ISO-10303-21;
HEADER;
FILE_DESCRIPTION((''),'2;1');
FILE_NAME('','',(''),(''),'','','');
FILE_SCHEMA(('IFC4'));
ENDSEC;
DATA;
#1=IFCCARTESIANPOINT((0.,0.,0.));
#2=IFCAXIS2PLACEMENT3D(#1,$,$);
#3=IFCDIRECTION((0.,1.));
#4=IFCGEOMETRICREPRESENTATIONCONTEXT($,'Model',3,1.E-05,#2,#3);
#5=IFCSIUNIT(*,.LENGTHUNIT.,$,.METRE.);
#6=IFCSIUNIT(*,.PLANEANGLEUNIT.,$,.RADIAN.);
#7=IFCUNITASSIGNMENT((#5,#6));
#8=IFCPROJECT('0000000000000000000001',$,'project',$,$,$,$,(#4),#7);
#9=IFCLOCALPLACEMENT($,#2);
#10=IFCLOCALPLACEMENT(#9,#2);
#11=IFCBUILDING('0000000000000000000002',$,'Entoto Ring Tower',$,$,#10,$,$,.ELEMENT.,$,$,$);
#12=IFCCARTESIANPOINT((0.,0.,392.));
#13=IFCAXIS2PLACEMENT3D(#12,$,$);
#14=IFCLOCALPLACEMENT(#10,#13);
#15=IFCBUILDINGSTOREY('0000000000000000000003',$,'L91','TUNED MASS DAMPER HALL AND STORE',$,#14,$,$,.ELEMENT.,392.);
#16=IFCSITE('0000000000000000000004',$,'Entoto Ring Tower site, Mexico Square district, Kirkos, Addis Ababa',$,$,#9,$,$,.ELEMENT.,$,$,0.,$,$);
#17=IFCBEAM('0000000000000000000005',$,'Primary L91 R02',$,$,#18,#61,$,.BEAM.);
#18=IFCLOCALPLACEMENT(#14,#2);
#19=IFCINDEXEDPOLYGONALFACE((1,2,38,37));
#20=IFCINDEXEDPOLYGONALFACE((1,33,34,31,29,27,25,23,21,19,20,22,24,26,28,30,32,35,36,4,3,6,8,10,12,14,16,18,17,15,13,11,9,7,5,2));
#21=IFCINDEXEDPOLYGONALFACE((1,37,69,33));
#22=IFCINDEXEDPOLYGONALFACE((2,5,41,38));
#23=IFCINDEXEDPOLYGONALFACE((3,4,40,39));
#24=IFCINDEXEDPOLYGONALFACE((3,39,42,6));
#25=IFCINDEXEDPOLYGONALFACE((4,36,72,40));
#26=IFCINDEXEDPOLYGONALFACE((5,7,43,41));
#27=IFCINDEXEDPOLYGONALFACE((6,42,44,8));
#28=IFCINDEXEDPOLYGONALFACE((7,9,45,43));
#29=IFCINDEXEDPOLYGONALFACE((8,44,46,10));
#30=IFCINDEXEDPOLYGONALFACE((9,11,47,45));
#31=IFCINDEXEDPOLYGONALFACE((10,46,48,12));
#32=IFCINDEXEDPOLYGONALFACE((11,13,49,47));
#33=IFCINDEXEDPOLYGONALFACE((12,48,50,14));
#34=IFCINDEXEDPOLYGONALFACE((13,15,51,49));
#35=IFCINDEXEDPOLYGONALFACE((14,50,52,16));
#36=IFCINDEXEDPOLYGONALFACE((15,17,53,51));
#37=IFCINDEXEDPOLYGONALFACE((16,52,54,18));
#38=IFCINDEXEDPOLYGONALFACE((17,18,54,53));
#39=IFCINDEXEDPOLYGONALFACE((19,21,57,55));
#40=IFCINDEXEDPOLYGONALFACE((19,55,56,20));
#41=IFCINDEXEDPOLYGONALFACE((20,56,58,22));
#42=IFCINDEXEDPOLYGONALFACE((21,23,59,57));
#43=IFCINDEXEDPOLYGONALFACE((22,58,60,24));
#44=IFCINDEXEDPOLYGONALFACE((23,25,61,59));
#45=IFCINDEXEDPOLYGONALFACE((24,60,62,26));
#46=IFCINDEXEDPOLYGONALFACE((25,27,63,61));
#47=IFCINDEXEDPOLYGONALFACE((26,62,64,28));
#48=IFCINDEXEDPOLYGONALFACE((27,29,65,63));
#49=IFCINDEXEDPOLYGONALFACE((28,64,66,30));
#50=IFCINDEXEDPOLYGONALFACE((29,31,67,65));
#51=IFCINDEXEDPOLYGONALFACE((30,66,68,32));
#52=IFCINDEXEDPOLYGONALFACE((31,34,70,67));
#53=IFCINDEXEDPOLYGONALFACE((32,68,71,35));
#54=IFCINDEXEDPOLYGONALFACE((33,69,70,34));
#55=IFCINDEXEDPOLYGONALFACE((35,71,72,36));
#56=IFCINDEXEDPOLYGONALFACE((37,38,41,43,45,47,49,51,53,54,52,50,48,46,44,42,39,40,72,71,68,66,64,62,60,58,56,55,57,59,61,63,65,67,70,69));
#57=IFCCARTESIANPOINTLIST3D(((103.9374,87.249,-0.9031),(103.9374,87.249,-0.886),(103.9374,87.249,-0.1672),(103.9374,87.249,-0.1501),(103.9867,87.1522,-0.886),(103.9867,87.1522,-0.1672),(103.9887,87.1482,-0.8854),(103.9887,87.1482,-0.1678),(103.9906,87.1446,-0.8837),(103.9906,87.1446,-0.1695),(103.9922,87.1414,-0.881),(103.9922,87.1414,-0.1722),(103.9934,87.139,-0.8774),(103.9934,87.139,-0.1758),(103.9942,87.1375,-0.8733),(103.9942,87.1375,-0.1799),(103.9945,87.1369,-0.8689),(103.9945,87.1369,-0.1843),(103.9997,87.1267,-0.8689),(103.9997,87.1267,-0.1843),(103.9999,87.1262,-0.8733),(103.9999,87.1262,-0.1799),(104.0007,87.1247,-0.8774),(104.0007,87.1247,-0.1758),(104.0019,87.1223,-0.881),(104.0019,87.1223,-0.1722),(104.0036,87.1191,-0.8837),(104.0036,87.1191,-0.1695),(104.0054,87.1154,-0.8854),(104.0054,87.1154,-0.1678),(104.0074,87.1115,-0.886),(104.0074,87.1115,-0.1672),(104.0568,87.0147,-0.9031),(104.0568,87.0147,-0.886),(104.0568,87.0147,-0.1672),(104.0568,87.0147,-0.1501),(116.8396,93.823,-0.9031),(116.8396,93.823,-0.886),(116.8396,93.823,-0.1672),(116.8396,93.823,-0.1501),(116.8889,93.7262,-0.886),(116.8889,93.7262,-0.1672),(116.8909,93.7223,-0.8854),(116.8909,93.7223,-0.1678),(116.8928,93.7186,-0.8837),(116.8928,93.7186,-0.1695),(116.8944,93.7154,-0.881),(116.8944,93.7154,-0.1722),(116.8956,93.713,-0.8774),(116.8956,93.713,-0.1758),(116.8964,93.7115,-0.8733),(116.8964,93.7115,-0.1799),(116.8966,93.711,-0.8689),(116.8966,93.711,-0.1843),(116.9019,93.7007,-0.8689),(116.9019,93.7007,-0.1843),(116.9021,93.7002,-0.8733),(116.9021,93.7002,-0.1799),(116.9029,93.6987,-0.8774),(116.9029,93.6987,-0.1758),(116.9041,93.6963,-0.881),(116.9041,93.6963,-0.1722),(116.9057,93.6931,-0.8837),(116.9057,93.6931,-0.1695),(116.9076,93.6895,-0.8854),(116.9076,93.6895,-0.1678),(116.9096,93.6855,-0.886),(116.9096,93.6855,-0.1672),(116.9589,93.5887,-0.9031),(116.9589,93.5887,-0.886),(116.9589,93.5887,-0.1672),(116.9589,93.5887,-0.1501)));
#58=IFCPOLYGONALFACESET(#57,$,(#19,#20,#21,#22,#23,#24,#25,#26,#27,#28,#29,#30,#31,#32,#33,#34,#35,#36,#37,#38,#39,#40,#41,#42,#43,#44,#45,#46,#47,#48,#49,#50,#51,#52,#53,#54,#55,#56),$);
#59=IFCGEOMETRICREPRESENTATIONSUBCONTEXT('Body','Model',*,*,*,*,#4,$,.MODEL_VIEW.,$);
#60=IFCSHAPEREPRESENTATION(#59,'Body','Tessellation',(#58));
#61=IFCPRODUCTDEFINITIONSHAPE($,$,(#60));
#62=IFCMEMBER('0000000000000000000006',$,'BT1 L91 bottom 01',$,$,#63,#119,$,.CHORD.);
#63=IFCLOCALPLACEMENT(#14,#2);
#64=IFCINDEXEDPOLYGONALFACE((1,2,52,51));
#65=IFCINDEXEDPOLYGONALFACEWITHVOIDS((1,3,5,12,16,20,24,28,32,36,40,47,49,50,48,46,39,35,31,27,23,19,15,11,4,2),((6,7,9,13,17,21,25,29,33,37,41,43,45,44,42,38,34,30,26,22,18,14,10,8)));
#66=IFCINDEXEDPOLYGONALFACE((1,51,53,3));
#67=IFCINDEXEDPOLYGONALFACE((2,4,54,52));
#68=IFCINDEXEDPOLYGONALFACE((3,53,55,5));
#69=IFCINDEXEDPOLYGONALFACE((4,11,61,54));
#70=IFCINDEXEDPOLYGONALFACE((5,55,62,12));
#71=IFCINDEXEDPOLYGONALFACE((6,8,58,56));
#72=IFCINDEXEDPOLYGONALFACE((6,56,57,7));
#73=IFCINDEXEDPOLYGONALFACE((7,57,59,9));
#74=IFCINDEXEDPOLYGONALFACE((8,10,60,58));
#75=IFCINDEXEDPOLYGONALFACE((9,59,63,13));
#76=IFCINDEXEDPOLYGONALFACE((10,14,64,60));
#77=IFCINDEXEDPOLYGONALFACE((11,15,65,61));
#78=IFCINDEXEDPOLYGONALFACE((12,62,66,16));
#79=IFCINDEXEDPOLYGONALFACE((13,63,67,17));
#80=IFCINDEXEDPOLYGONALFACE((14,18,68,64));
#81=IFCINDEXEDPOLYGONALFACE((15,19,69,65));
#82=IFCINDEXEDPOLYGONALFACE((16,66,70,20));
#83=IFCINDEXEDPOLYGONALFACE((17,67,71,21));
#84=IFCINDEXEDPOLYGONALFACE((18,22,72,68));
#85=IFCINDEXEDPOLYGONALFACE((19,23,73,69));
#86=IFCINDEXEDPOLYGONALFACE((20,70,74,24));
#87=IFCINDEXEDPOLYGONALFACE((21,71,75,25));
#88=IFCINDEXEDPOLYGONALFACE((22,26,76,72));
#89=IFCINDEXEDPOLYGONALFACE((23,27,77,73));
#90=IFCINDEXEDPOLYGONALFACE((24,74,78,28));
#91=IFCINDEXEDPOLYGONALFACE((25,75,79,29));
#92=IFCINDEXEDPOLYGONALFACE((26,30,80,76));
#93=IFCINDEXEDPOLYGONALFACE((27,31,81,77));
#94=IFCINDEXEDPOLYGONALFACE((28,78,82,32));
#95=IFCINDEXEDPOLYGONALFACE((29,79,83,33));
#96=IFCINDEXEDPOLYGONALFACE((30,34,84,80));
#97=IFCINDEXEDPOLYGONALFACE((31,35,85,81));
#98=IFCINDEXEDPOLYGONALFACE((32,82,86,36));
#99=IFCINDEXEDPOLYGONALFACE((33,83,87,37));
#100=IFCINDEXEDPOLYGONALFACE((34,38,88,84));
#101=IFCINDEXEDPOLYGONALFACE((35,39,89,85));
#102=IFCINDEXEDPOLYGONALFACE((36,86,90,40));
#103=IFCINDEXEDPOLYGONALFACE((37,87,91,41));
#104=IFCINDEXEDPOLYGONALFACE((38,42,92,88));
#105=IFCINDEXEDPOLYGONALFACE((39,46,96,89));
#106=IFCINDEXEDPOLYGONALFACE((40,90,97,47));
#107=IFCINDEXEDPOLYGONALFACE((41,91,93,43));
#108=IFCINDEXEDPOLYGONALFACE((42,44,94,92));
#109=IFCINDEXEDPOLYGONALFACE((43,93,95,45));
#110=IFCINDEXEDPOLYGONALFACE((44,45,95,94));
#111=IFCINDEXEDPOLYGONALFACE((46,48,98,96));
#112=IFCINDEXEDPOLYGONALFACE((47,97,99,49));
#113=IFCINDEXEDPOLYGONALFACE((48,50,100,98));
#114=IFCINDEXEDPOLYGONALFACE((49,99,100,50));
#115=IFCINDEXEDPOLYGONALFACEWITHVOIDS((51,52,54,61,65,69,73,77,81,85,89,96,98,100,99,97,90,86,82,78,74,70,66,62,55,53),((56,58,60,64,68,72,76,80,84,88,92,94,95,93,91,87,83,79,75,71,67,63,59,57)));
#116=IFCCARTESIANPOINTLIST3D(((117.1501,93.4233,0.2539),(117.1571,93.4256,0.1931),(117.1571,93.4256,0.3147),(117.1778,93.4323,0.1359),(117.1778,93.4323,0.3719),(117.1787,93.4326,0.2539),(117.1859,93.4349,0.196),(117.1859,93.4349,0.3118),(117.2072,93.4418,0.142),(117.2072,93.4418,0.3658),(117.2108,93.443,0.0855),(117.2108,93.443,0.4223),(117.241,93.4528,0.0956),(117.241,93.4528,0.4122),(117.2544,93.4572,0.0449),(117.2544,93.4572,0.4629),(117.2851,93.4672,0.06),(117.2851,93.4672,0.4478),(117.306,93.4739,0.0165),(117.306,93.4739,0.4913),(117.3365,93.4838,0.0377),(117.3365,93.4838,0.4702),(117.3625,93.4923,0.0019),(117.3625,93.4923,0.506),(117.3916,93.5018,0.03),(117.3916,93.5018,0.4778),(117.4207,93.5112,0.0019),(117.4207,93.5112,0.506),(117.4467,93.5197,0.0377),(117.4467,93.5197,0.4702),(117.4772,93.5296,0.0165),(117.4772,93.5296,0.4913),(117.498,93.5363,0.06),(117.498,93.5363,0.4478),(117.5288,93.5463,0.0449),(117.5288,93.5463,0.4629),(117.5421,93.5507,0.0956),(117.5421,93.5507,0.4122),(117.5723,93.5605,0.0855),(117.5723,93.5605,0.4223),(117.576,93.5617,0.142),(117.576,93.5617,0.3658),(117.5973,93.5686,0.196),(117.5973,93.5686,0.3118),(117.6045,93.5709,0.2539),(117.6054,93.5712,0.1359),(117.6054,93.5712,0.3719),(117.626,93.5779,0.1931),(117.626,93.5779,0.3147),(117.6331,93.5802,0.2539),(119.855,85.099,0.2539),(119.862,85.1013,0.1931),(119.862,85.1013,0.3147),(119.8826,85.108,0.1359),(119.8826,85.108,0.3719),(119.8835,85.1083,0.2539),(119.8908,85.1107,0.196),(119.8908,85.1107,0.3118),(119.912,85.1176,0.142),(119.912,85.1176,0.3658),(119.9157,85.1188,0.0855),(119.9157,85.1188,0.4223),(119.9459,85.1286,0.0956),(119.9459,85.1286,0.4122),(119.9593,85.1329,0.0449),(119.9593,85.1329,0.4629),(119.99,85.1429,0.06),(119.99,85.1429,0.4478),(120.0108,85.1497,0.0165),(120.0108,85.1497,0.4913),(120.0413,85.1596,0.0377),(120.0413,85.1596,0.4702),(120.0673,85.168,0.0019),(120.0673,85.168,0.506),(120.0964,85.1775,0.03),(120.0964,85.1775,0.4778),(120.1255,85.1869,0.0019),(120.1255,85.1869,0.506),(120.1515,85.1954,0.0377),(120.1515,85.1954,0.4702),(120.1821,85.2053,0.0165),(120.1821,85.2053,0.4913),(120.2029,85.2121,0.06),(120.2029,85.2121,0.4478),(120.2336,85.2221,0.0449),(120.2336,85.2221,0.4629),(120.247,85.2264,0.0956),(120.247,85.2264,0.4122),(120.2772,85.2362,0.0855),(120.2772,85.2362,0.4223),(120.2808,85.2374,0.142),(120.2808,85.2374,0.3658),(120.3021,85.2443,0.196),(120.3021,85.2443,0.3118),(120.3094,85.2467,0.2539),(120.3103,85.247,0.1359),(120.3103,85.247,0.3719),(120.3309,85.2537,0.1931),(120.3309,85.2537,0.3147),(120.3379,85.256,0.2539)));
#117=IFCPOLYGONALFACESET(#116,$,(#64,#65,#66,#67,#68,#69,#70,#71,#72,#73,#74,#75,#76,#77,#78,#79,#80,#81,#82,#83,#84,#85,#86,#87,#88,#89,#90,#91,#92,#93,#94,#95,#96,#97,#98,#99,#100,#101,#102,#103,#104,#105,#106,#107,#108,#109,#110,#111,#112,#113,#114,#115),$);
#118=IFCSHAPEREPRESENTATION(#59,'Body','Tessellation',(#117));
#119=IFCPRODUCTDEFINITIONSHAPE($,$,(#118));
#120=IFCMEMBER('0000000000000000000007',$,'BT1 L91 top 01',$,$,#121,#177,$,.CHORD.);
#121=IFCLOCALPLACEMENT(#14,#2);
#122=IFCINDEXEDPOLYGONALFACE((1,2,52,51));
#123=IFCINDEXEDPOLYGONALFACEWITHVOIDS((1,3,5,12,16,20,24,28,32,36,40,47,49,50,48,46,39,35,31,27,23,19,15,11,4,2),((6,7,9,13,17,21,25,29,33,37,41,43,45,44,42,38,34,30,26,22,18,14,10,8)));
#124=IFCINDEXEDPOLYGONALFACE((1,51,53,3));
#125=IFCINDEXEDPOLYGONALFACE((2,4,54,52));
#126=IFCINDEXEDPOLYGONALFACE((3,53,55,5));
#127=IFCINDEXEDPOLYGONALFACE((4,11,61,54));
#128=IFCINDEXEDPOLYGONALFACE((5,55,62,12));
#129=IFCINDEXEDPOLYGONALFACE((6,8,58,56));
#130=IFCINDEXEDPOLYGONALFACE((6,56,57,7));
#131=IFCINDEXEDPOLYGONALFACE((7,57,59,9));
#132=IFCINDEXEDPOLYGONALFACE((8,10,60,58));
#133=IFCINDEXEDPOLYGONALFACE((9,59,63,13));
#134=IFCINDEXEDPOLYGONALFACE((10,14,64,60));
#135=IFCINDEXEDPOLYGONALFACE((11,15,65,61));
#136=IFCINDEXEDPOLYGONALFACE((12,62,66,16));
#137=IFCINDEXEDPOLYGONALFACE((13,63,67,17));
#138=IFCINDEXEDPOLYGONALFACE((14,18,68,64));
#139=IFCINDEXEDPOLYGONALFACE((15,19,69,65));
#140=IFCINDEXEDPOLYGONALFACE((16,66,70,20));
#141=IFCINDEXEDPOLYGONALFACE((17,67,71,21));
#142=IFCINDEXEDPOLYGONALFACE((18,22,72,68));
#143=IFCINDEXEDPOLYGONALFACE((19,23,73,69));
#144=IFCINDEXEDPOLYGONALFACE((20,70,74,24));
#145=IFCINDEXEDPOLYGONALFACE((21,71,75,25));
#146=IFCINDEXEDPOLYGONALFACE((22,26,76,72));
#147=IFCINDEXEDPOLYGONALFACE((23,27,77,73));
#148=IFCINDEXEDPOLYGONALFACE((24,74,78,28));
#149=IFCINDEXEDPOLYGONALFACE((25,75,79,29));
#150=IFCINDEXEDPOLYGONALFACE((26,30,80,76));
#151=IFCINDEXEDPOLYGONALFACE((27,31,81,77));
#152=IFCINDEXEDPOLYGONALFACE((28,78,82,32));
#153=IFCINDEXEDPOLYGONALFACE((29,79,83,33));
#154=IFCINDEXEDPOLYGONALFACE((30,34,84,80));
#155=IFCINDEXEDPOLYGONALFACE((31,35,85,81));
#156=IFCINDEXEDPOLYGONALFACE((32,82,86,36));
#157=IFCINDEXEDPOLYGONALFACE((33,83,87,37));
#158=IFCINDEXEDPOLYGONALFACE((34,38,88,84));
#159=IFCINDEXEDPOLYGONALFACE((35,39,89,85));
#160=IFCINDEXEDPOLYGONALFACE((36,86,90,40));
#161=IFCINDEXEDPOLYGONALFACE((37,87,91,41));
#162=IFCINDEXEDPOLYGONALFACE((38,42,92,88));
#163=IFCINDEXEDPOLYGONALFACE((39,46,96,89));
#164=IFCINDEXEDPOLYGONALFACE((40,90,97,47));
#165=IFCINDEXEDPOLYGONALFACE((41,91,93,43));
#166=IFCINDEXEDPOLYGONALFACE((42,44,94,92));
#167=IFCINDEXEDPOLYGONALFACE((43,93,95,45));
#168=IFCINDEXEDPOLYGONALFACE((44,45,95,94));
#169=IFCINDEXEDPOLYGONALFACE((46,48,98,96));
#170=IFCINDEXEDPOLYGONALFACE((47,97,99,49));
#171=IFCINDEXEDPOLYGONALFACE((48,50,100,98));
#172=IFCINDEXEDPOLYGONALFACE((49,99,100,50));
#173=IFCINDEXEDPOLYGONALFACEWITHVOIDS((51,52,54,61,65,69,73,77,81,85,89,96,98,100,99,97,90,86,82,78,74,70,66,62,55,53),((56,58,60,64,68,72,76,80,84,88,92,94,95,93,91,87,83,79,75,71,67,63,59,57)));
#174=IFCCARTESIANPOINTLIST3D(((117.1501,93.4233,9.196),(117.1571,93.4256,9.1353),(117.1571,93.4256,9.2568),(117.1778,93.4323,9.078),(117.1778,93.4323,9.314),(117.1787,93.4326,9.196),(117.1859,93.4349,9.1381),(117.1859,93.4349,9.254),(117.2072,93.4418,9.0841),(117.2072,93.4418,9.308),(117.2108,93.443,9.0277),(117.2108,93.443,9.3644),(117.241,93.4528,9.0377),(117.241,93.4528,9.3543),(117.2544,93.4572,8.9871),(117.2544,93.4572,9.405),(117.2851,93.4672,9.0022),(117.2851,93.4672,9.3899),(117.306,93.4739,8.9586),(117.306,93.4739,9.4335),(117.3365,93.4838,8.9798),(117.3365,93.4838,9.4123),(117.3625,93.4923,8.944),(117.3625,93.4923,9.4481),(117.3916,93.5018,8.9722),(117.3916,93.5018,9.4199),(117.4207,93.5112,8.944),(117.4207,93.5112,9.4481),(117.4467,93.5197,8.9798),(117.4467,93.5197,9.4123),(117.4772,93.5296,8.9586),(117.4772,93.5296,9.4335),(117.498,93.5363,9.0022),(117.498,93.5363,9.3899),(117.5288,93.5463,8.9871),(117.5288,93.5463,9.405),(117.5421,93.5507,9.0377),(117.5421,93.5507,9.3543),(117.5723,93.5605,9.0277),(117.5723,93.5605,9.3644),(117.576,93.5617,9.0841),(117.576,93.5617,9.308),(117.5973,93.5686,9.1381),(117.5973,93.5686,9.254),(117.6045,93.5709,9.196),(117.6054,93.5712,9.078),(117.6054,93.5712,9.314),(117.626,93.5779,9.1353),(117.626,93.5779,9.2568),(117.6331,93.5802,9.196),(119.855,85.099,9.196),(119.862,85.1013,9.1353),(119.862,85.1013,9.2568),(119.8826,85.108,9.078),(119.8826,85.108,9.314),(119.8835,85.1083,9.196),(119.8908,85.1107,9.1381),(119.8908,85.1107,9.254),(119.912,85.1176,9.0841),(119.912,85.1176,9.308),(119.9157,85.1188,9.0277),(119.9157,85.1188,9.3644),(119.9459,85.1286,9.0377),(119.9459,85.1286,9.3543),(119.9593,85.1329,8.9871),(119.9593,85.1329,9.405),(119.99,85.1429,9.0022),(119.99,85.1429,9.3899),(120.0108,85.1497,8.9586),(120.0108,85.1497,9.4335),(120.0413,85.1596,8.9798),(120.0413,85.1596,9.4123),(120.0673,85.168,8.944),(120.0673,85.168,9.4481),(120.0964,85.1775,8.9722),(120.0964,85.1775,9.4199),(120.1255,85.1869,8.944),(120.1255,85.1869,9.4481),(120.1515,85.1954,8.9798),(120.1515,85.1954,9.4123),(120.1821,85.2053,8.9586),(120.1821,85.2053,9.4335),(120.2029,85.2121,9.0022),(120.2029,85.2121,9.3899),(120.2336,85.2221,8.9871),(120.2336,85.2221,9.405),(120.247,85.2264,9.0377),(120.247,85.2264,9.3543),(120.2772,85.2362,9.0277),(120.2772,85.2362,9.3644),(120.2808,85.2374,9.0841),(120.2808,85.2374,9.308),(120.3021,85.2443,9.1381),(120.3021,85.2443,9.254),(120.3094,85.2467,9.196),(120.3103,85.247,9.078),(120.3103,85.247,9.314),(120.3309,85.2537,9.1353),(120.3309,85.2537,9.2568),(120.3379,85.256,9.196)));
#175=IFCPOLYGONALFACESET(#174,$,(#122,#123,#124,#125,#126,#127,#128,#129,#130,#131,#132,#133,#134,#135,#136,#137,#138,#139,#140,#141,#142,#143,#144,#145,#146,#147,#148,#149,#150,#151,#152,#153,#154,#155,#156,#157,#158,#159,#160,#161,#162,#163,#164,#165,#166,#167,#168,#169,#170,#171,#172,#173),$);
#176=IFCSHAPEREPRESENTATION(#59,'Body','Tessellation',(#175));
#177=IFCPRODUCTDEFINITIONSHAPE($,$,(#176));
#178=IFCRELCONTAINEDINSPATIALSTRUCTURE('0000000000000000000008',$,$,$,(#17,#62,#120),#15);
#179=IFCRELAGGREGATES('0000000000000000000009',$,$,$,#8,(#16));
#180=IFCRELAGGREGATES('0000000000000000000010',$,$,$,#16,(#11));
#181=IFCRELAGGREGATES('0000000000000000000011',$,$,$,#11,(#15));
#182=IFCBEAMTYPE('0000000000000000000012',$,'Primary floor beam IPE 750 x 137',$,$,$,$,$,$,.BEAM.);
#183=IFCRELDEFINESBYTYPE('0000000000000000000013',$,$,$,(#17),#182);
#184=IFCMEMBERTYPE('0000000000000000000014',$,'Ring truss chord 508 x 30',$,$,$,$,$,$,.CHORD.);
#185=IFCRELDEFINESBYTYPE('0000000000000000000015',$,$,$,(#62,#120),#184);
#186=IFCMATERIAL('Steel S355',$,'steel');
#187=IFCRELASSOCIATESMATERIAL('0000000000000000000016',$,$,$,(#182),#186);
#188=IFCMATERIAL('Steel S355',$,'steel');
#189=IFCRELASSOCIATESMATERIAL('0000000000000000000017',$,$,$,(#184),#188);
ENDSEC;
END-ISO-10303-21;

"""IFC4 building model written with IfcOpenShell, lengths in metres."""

from ifc_helpers import new_model, si_unit, direction, frame, origin, origin_2d, place, context, subcontext, project, spatial, circle, hollow_circle, i_section, extrude, material, material_profile, profile_set, type_object, element, save


model = new_model("IFC4")

# Units and contexts
model_context = context("Model", 3, precision=1e-05, world=origin(), true_north=direction((0.0, 1.0)))
body_context = subcontext(model_context, "Body", "Model", "MODEL_VIEW")
ifc_project = project(units=[si_unit("LENGTHUNIT", "METRE"), si_unit("PLANEANGLEUNIT", "RADIAN")], contexts=[model_context])

# Site, building, storey
site_placement = place(None, origin())
site = spatial("IfcSite", under=ifc_project, at=site_placement, Name="Entoto Ring Tower site, Mexico Square district, Kirkos, Addis Ababa", CompositionType="ELEMENT", RefElevation=0.0)
building_placement = place(site_placement, origin())
building = spatial("IfcBuilding", under=site, at=building_placement, Name="Entoto Ring Tower", CompositionType="ELEMENT")
storey_placement = place(building_placement, frame((0.0, 0.0, 392.0)))
storey = spatial("IfcBuildingStorey", under=building, at=storey_placement, Name="L91", Description="TUNED MASS DAMPER HALL AND STORE", CompositionType="ELEMENT", Elevation=392.0)

# Beam
ifc_material_1 = material(Name="Steel S355", Category="steel")
ifc_material_profile_1 = material_profile(ifc_material_1, i_section(OverallWidth=0.2629, OverallDepth=0.7529, WebThickness=0.0115, FlangeThickness=0.0171, FilletRadius=0.0171, at=origin_2d()), Name="IPE 750 x 137")
ifc_profile_set_1 = profile_set([ifc_material_profile_1], Name="Steel S355")
beam_type_1 = type_object("IfcBeamType", Name="Primary floor beam IPE 750 x 137", PredefinedType="BEAM", material=ifc_profile_set_1)
beam_1_placement = place(storey_placement, frame((103.9971, 87.1318, -0.5266), z_axis=(0.891006, 0.453992, 0.0), x_axis=(-0.453992, 0.891006, 0.0)))
element("IfcBeam", 1, at=beam_1_placement, inside=storey, type_object=beam_type_1, Name="Primary L91 R02", PredefinedType="BEAM", context=body_context, shape_type="SweptSolid", body=[
    extrude(i_section(OverallWidth=0.2629, OverallDepth=0.7529, WebThickness=0.0115, FlangeThickness=0.0171, FilletRadius=0.0171, at=origin_2d()), origin(), (0.0, 0.0, 1.0), 14.4805),
])

# Members
ifc_material_2 = material(Name="Steel S355", Category="steel")
ifc_material_profile_2 = material_profile(ifc_material_2, hollow_circle(Radius=0.2539, WallThickness=0.03, at=origin_2d()), Name="CHS 508 x 30")
ifc_material_3 = material(Name="Concrete C60/75", Category="concrete")
ifc_material_profile_3 = material_profile(ifc_material_3, circle(Radius=0.2241, at=origin_2d()), Name="Concrete C60/75 infill")
ifc_profile_set_2 = profile_set([ifc_material_profile_2, ifc_material_profile_3], Name="Steel S355")
member_type_1 = type_object("IfcMemberType", Name="Ring truss chord 508 x 30", PredefinedType="CHORD", material=ifc_profile_set_2)
for number, where, z_axis, x_axis, name in (
    (2, (120.0964, 85.1775, 0.2539), (-0.309031, 0.951052, 0.0), (-0.951052, -0.309031, 0.0), "BT1 L91 bottom 01"),
    (3, (120.0964, 85.1775, 9.196), (-0.309031, 0.951052, 0.0), (-0.951052, -0.309031, 0.0), "BT1 L91 top 01"),
):
    element("IfcMember", number, at=place(storey_placement, frame(where, z_axis=z_axis, x_axis=x_axis)), inside=storey, type_object=member_type_1, Name=name, PredefinedType="CHORD", context=body_context, shape_type="SweptSolid", body=[
        extrude(hollow_circle(Radius=0.2539, WallThickness=0.03, at=origin_2d()), origin(), (0.0, 0.0, 1.0), 8.7527),
    ])

save(model, "model.ifc")
